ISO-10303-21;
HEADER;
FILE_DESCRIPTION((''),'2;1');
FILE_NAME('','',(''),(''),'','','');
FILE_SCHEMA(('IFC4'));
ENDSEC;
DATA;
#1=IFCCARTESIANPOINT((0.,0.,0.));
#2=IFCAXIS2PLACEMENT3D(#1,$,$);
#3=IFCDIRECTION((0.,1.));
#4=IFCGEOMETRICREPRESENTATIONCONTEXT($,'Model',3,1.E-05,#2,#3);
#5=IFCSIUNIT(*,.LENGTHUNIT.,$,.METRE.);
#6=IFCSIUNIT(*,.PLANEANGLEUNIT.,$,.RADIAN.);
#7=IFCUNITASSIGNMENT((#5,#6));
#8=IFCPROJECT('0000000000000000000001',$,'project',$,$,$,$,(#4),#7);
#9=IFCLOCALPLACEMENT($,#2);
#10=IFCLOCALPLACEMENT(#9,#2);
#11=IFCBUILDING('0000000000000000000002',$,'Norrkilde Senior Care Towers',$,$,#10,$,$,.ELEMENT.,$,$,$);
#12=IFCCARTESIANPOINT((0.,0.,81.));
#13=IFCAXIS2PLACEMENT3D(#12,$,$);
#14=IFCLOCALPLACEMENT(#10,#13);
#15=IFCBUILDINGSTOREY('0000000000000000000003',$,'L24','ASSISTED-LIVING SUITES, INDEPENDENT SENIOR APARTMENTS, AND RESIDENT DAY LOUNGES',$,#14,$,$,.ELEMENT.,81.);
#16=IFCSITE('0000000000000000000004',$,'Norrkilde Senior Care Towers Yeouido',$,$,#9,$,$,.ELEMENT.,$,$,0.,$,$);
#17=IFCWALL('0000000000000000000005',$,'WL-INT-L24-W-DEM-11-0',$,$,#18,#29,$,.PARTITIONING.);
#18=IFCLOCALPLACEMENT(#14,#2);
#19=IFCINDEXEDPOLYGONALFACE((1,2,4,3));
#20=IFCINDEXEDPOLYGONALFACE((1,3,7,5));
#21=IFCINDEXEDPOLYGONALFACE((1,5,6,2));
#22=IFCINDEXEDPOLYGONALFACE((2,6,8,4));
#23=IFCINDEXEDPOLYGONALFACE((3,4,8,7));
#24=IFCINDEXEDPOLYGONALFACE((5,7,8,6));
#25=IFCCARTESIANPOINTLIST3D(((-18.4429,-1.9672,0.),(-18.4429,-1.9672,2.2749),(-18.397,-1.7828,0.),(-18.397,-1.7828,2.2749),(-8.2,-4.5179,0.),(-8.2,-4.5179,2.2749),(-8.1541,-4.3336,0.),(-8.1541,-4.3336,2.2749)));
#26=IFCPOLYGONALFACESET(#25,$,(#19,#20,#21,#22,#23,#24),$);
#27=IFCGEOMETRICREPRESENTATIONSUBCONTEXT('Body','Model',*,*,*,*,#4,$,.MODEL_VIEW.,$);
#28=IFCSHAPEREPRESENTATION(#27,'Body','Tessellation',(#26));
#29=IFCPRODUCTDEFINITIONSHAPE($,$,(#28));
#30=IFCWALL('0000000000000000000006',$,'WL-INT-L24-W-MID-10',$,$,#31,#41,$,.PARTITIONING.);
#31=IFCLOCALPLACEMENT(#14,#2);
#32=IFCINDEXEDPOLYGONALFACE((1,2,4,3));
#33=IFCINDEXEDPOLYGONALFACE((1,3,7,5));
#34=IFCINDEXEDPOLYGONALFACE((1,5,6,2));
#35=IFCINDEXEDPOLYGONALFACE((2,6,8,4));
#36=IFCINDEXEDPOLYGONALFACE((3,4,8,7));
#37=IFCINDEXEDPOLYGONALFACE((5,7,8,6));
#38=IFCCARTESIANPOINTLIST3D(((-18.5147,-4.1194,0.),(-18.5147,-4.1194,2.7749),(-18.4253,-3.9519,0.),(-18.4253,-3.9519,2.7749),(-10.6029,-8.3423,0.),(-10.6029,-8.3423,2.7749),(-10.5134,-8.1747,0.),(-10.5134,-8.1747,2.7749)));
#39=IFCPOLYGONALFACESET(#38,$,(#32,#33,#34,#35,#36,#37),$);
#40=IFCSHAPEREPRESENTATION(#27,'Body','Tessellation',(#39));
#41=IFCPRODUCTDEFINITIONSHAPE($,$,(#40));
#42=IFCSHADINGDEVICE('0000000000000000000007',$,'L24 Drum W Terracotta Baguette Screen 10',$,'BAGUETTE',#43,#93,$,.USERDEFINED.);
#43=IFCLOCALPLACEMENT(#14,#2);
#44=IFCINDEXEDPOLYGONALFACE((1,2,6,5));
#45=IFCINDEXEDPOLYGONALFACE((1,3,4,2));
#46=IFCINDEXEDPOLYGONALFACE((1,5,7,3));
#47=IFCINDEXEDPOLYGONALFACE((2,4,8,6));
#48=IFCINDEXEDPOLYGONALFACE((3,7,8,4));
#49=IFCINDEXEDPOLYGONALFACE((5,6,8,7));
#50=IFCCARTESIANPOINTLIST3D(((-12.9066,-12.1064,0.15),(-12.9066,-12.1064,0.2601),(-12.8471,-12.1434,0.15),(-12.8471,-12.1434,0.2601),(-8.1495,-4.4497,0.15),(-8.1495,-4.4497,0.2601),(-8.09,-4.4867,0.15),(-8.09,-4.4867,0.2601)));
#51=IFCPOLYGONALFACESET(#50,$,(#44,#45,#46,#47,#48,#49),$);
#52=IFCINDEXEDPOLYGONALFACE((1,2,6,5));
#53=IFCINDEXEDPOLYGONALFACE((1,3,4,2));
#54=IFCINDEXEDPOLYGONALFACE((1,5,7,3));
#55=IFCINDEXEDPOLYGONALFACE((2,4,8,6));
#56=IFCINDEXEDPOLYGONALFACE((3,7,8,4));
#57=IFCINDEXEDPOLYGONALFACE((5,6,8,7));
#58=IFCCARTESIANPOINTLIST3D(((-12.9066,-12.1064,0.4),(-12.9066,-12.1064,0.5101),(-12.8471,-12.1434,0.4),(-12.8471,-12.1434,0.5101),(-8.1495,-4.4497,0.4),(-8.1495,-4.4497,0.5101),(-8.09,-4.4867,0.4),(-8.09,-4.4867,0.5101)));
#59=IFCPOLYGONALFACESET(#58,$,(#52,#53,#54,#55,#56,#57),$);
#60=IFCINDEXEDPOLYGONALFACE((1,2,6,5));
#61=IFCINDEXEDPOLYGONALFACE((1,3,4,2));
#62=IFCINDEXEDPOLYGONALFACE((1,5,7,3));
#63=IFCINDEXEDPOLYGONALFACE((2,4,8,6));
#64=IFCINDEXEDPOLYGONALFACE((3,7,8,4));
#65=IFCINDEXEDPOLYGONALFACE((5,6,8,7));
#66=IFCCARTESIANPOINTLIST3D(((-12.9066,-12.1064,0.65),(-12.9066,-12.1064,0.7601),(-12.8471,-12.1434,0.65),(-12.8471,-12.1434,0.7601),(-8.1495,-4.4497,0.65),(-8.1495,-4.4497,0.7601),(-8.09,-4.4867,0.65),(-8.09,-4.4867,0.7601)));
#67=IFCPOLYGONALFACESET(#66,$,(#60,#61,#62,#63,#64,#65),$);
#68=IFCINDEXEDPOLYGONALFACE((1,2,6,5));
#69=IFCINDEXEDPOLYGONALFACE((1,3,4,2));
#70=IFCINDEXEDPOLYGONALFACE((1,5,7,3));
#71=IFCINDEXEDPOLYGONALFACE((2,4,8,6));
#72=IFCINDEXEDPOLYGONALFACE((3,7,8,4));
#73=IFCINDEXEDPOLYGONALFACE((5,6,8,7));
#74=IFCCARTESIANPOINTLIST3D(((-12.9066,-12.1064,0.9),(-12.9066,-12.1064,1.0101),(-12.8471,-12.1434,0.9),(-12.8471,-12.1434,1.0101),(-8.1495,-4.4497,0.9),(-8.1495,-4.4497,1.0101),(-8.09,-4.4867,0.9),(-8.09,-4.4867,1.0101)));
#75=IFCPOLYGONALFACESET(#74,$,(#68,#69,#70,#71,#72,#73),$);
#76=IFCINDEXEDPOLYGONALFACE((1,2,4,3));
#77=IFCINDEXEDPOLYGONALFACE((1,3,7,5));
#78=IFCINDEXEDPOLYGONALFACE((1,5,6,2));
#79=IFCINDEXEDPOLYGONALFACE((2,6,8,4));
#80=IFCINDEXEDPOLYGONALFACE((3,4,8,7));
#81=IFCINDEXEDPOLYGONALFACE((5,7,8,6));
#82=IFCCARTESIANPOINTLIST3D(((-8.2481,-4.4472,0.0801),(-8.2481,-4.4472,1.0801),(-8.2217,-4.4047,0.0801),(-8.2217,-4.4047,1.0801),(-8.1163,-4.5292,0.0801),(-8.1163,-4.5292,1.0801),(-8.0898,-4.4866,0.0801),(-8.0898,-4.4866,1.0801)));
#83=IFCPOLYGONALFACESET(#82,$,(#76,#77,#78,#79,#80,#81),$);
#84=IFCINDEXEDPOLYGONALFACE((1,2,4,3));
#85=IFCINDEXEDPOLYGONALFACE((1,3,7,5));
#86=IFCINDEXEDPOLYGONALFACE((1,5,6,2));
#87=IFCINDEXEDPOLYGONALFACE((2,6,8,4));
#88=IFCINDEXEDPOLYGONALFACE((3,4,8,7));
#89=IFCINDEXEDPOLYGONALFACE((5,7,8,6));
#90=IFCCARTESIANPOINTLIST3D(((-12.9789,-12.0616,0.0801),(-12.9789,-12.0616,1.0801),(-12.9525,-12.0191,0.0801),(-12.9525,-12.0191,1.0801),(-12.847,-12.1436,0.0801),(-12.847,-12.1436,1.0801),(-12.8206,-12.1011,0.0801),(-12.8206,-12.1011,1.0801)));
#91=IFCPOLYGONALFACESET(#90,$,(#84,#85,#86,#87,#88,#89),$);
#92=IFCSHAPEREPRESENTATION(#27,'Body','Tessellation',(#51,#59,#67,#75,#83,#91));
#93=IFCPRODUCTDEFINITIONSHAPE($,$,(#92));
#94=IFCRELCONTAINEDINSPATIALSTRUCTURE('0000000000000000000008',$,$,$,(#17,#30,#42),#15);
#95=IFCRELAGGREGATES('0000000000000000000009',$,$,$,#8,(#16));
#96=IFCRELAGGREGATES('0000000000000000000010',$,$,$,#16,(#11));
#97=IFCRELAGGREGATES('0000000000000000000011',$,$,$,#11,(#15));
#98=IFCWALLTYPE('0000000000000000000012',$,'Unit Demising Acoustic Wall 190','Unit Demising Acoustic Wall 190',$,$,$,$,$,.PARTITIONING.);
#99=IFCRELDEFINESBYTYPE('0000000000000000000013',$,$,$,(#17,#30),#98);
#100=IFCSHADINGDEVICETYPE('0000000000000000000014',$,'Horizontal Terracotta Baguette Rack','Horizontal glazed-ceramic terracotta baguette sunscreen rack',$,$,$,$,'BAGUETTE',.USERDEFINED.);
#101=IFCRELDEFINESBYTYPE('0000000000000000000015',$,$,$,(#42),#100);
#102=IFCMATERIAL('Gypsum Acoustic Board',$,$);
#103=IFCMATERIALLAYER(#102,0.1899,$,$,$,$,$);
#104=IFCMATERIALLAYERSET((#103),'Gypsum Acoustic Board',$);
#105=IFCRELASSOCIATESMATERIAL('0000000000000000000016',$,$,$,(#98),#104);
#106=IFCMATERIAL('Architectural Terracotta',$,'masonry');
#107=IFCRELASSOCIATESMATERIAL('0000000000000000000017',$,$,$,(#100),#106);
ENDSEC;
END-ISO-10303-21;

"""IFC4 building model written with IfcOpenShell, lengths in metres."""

from ifc_helpers import new_model, si_unit, direction, frame, frame_2d, origin, origin_2d, place, context, subcontext, project, spatial, rectangle, extrude, source, transform, mapped, material, layer, layer_set, type_object, type_shapes, element, save


model = new_model("IFC4")

# Units and contexts
model_context = context("Model", 3, precision=1e-05, world=origin(), true_north=direction((0.0, 1.0)))
body_context = subcontext(model_context, "Body", "Model", "MODEL_VIEW")
ifc_project = project(units=[si_unit("LENGTHUNIT", "METRE"), si_unit("PLANEANGLEUNIT", "RADIAN")], contexts=[model_context])

# Site, building, storey
site_placement = place(None, origin())
site = spatial("IfcSite", under=ifc_project, at=site_placement, Name="Norrkilde Senior Care Towers Yeouido", CompositionType="ELEMENT", RefElevation=0.0)
building_placement = place(site_placement, origin())
building = spatial("IfcBuilding", under=site, at=building_placement, Name="Norrkilde Senior Care Towers", CompositionType="ELEMENT")
storey_placement = place(building_placement, frame((0.0, 0.0, 81.0)))
storey = spatial("IfcBuildingStorey", under=building, at=storey_placement, Name="L24", Description="ASSISTED-LIVING SUITES, INDEPENDENT SENIOR APARTMENTS, AND RESIDENT DAY LOUNGES", CompositionType="ELEMENT", Elevation=81.0)

# Shared definitions
ifc_material_1 = material(Name="Gypsum Acoustic Board")

# Walls
ifc_layer_1 = layer(ifc_material_1, 0.1899)
ifc_layer_set_1 = layer_set([ifc_layer_1], Name="Gypsum Acoustic Board")
wall_type_1 = type_object("IfcWallType", Name="Unit Demising Acoustic Wall 190", Description="Unit Demising Acoustic Wall 190", PredefinedType="PARTITIONING", material=ifc_layer_set_1)
shared_shape_1 = source(origin(), body_context, "Body", "SweptSolid", [
    extrude(rectangle(XDim=10.5557, YDim=0.1899, at=frame_2d((5.2778, 0.0))), origin(), (0.0, 0.0, 1.0), 2.2749),
])
wall_1_placement = place(storey_placement, frame((-18.4199, -1.875, 0.0), z_axis=(0.0, 0.0, 1.0), x_axis=(0.970364, -0.241648, 0.0)))
element("IfcWall", 1, at=wall_1_placement, inside=storey, type_object=wall_type_1, Name="WL-INT-L24-W-DEM-11-0", PredefinedType="PARTITIONING", context=body_context, shape_type="MappedRepresentation", body=[
    mapped(shared_shape_1, transform((0.0, 0.0, 0.0), x_axis=(1.0, 0.0, 0.0), y_axis=(0.0, 1.0, 0.0), z_axis=(0.0, 0.0, 1.0), scale=1.0)),
])
shared_shape_2 = source(origin(), body_context, "Body", "SweptSolid", [
    extrude(rectangle(XDim=8.9683, YDim=0.1899, at=frame_2d((4.4841, 0.0))), origin(), (0.0, 0.0, 1.0), 2.7749),
])
type_shapes(wall_type_1, [shared_shape_1, shared_shape_2])
wall_2_placement = place(storey_placement, frame((-18.47, -4.0356, 0.0), z_axis=(0.0, 0.0, 1.0), x_axis=(0.882203, -0.470869, 0.0)))
element("IfcWall", 2, at=wall_2_placement, inside=storey, type_object=wall_type_1, Name="WL-INT-L24-W-MID-10", PredefinedType="PARTITIONING", context=body_context, shape_type="MappedRepresentation", body=[
    mapped(shared_shape_2, transform((0.0, 0.0, 0.0), x_axis=(1.0, 0.0, 0.0), y_axis=(0.0, 1.0, 0.0), z_axis=(0.0, 0.0, 1.0), scale=1.0)),
])

# Shading device
ifc_material_2 = material(Name="Architectural Terracotta", Category="masonry")
shading_device_type = type_object("IfcShadingDeviceType", Name="Horizontal Terracotta Baguette Rack", Description="Horizontal glazed-ceramic terracotta baguette sunscreen rack", ElementType="BAGUETTE", PredefinedType="USERDEFINED", material=ifc_material_2)
shared_shape_3 = source(origin(), body_context, "Body", "SweptSolid", [
    extrude(rectangle(XDim=0.0701, YDim=0.1101, at=origin_2d()), frame((0.0, 0.0901, 0.125), z_axis=(1.0, 0.0, 0.0), x_axis=(0.0, 1.0, 0.0)), (0.0, 0.0, 1.0), 9.0142),
    extrude(rectangle(XDim=0.0701, YDim=0.1101, at=origin_2d()), frame((0.0, 0.0901, 0.375), z_axis=(1.0, 0.0, 0.0), x_axis=(0.0, 1.0, 0.0)), (0.0, 0.0, 1.0), 9.0142),
    extrude(rectangle(XDim=0.0701, YDim=0.1101, at=origin_2d()), frame((0.0, 0.0901, 0.625), z_axis=(1.0, 0.0, 0.0), x_axis=(0.0, 1.0, 0.0)), (0.0, 0.0, 1.0), 9.0142),
    extrude(rectangle(XDim=0.0701, YDim=0.1101, at=origin_2d()), frame((0.0, 0.0901, 0.875), z_axis=(1.0, 0.0, 0.0), x_axis=(0.0, 1.0, 0.0)), (0.0, 0.0, 1.0), 9.0142),
    extrude(rectangle(XDim=0.05, YDim=0.1553, at=origin_2d()), frame((0.0249, 0.0476, 0.0)), (0.0, 0.0, 1.0), 1.0),
    extrude(rectangle(XDim=0.05, YDim=0.1553, at=origin_2d()), frame((8.9893, 0.0476, 0.0)), (0.0, 0.0, 1.0), 1.0),
])
type_shapes(shading_device_type, [shared_shape_3])
shading_device_placement = place(storey_placement, frame((-8.1963, -4.4207, 0.0801), z_axis=(0.0, 0.0, 1.0), x_axis=(-0.527734, -0.849412, 0.0)))
element("IfcShadingDevice", 3, at=shading_device_placement, inside=storey, type_object=shading_device_type, Name="L24 Drum W Terracotta Baguette Screen 10", ObjectType="BAGUETTE", PredefinedType="USERDEFINED", context=body_context, shape_type="MappedRepresentation", body=[
    mapped(shared_shape_3, transform((0.0, 0.0, 0.0), x_axis=(1.0, 0.0, 0.0), y_axis=(0.0, 1.0, 0.0), z_axis=(0.0, 0.0, 1.0), scale=1.0)),
])

save(model, "model.ifc")
